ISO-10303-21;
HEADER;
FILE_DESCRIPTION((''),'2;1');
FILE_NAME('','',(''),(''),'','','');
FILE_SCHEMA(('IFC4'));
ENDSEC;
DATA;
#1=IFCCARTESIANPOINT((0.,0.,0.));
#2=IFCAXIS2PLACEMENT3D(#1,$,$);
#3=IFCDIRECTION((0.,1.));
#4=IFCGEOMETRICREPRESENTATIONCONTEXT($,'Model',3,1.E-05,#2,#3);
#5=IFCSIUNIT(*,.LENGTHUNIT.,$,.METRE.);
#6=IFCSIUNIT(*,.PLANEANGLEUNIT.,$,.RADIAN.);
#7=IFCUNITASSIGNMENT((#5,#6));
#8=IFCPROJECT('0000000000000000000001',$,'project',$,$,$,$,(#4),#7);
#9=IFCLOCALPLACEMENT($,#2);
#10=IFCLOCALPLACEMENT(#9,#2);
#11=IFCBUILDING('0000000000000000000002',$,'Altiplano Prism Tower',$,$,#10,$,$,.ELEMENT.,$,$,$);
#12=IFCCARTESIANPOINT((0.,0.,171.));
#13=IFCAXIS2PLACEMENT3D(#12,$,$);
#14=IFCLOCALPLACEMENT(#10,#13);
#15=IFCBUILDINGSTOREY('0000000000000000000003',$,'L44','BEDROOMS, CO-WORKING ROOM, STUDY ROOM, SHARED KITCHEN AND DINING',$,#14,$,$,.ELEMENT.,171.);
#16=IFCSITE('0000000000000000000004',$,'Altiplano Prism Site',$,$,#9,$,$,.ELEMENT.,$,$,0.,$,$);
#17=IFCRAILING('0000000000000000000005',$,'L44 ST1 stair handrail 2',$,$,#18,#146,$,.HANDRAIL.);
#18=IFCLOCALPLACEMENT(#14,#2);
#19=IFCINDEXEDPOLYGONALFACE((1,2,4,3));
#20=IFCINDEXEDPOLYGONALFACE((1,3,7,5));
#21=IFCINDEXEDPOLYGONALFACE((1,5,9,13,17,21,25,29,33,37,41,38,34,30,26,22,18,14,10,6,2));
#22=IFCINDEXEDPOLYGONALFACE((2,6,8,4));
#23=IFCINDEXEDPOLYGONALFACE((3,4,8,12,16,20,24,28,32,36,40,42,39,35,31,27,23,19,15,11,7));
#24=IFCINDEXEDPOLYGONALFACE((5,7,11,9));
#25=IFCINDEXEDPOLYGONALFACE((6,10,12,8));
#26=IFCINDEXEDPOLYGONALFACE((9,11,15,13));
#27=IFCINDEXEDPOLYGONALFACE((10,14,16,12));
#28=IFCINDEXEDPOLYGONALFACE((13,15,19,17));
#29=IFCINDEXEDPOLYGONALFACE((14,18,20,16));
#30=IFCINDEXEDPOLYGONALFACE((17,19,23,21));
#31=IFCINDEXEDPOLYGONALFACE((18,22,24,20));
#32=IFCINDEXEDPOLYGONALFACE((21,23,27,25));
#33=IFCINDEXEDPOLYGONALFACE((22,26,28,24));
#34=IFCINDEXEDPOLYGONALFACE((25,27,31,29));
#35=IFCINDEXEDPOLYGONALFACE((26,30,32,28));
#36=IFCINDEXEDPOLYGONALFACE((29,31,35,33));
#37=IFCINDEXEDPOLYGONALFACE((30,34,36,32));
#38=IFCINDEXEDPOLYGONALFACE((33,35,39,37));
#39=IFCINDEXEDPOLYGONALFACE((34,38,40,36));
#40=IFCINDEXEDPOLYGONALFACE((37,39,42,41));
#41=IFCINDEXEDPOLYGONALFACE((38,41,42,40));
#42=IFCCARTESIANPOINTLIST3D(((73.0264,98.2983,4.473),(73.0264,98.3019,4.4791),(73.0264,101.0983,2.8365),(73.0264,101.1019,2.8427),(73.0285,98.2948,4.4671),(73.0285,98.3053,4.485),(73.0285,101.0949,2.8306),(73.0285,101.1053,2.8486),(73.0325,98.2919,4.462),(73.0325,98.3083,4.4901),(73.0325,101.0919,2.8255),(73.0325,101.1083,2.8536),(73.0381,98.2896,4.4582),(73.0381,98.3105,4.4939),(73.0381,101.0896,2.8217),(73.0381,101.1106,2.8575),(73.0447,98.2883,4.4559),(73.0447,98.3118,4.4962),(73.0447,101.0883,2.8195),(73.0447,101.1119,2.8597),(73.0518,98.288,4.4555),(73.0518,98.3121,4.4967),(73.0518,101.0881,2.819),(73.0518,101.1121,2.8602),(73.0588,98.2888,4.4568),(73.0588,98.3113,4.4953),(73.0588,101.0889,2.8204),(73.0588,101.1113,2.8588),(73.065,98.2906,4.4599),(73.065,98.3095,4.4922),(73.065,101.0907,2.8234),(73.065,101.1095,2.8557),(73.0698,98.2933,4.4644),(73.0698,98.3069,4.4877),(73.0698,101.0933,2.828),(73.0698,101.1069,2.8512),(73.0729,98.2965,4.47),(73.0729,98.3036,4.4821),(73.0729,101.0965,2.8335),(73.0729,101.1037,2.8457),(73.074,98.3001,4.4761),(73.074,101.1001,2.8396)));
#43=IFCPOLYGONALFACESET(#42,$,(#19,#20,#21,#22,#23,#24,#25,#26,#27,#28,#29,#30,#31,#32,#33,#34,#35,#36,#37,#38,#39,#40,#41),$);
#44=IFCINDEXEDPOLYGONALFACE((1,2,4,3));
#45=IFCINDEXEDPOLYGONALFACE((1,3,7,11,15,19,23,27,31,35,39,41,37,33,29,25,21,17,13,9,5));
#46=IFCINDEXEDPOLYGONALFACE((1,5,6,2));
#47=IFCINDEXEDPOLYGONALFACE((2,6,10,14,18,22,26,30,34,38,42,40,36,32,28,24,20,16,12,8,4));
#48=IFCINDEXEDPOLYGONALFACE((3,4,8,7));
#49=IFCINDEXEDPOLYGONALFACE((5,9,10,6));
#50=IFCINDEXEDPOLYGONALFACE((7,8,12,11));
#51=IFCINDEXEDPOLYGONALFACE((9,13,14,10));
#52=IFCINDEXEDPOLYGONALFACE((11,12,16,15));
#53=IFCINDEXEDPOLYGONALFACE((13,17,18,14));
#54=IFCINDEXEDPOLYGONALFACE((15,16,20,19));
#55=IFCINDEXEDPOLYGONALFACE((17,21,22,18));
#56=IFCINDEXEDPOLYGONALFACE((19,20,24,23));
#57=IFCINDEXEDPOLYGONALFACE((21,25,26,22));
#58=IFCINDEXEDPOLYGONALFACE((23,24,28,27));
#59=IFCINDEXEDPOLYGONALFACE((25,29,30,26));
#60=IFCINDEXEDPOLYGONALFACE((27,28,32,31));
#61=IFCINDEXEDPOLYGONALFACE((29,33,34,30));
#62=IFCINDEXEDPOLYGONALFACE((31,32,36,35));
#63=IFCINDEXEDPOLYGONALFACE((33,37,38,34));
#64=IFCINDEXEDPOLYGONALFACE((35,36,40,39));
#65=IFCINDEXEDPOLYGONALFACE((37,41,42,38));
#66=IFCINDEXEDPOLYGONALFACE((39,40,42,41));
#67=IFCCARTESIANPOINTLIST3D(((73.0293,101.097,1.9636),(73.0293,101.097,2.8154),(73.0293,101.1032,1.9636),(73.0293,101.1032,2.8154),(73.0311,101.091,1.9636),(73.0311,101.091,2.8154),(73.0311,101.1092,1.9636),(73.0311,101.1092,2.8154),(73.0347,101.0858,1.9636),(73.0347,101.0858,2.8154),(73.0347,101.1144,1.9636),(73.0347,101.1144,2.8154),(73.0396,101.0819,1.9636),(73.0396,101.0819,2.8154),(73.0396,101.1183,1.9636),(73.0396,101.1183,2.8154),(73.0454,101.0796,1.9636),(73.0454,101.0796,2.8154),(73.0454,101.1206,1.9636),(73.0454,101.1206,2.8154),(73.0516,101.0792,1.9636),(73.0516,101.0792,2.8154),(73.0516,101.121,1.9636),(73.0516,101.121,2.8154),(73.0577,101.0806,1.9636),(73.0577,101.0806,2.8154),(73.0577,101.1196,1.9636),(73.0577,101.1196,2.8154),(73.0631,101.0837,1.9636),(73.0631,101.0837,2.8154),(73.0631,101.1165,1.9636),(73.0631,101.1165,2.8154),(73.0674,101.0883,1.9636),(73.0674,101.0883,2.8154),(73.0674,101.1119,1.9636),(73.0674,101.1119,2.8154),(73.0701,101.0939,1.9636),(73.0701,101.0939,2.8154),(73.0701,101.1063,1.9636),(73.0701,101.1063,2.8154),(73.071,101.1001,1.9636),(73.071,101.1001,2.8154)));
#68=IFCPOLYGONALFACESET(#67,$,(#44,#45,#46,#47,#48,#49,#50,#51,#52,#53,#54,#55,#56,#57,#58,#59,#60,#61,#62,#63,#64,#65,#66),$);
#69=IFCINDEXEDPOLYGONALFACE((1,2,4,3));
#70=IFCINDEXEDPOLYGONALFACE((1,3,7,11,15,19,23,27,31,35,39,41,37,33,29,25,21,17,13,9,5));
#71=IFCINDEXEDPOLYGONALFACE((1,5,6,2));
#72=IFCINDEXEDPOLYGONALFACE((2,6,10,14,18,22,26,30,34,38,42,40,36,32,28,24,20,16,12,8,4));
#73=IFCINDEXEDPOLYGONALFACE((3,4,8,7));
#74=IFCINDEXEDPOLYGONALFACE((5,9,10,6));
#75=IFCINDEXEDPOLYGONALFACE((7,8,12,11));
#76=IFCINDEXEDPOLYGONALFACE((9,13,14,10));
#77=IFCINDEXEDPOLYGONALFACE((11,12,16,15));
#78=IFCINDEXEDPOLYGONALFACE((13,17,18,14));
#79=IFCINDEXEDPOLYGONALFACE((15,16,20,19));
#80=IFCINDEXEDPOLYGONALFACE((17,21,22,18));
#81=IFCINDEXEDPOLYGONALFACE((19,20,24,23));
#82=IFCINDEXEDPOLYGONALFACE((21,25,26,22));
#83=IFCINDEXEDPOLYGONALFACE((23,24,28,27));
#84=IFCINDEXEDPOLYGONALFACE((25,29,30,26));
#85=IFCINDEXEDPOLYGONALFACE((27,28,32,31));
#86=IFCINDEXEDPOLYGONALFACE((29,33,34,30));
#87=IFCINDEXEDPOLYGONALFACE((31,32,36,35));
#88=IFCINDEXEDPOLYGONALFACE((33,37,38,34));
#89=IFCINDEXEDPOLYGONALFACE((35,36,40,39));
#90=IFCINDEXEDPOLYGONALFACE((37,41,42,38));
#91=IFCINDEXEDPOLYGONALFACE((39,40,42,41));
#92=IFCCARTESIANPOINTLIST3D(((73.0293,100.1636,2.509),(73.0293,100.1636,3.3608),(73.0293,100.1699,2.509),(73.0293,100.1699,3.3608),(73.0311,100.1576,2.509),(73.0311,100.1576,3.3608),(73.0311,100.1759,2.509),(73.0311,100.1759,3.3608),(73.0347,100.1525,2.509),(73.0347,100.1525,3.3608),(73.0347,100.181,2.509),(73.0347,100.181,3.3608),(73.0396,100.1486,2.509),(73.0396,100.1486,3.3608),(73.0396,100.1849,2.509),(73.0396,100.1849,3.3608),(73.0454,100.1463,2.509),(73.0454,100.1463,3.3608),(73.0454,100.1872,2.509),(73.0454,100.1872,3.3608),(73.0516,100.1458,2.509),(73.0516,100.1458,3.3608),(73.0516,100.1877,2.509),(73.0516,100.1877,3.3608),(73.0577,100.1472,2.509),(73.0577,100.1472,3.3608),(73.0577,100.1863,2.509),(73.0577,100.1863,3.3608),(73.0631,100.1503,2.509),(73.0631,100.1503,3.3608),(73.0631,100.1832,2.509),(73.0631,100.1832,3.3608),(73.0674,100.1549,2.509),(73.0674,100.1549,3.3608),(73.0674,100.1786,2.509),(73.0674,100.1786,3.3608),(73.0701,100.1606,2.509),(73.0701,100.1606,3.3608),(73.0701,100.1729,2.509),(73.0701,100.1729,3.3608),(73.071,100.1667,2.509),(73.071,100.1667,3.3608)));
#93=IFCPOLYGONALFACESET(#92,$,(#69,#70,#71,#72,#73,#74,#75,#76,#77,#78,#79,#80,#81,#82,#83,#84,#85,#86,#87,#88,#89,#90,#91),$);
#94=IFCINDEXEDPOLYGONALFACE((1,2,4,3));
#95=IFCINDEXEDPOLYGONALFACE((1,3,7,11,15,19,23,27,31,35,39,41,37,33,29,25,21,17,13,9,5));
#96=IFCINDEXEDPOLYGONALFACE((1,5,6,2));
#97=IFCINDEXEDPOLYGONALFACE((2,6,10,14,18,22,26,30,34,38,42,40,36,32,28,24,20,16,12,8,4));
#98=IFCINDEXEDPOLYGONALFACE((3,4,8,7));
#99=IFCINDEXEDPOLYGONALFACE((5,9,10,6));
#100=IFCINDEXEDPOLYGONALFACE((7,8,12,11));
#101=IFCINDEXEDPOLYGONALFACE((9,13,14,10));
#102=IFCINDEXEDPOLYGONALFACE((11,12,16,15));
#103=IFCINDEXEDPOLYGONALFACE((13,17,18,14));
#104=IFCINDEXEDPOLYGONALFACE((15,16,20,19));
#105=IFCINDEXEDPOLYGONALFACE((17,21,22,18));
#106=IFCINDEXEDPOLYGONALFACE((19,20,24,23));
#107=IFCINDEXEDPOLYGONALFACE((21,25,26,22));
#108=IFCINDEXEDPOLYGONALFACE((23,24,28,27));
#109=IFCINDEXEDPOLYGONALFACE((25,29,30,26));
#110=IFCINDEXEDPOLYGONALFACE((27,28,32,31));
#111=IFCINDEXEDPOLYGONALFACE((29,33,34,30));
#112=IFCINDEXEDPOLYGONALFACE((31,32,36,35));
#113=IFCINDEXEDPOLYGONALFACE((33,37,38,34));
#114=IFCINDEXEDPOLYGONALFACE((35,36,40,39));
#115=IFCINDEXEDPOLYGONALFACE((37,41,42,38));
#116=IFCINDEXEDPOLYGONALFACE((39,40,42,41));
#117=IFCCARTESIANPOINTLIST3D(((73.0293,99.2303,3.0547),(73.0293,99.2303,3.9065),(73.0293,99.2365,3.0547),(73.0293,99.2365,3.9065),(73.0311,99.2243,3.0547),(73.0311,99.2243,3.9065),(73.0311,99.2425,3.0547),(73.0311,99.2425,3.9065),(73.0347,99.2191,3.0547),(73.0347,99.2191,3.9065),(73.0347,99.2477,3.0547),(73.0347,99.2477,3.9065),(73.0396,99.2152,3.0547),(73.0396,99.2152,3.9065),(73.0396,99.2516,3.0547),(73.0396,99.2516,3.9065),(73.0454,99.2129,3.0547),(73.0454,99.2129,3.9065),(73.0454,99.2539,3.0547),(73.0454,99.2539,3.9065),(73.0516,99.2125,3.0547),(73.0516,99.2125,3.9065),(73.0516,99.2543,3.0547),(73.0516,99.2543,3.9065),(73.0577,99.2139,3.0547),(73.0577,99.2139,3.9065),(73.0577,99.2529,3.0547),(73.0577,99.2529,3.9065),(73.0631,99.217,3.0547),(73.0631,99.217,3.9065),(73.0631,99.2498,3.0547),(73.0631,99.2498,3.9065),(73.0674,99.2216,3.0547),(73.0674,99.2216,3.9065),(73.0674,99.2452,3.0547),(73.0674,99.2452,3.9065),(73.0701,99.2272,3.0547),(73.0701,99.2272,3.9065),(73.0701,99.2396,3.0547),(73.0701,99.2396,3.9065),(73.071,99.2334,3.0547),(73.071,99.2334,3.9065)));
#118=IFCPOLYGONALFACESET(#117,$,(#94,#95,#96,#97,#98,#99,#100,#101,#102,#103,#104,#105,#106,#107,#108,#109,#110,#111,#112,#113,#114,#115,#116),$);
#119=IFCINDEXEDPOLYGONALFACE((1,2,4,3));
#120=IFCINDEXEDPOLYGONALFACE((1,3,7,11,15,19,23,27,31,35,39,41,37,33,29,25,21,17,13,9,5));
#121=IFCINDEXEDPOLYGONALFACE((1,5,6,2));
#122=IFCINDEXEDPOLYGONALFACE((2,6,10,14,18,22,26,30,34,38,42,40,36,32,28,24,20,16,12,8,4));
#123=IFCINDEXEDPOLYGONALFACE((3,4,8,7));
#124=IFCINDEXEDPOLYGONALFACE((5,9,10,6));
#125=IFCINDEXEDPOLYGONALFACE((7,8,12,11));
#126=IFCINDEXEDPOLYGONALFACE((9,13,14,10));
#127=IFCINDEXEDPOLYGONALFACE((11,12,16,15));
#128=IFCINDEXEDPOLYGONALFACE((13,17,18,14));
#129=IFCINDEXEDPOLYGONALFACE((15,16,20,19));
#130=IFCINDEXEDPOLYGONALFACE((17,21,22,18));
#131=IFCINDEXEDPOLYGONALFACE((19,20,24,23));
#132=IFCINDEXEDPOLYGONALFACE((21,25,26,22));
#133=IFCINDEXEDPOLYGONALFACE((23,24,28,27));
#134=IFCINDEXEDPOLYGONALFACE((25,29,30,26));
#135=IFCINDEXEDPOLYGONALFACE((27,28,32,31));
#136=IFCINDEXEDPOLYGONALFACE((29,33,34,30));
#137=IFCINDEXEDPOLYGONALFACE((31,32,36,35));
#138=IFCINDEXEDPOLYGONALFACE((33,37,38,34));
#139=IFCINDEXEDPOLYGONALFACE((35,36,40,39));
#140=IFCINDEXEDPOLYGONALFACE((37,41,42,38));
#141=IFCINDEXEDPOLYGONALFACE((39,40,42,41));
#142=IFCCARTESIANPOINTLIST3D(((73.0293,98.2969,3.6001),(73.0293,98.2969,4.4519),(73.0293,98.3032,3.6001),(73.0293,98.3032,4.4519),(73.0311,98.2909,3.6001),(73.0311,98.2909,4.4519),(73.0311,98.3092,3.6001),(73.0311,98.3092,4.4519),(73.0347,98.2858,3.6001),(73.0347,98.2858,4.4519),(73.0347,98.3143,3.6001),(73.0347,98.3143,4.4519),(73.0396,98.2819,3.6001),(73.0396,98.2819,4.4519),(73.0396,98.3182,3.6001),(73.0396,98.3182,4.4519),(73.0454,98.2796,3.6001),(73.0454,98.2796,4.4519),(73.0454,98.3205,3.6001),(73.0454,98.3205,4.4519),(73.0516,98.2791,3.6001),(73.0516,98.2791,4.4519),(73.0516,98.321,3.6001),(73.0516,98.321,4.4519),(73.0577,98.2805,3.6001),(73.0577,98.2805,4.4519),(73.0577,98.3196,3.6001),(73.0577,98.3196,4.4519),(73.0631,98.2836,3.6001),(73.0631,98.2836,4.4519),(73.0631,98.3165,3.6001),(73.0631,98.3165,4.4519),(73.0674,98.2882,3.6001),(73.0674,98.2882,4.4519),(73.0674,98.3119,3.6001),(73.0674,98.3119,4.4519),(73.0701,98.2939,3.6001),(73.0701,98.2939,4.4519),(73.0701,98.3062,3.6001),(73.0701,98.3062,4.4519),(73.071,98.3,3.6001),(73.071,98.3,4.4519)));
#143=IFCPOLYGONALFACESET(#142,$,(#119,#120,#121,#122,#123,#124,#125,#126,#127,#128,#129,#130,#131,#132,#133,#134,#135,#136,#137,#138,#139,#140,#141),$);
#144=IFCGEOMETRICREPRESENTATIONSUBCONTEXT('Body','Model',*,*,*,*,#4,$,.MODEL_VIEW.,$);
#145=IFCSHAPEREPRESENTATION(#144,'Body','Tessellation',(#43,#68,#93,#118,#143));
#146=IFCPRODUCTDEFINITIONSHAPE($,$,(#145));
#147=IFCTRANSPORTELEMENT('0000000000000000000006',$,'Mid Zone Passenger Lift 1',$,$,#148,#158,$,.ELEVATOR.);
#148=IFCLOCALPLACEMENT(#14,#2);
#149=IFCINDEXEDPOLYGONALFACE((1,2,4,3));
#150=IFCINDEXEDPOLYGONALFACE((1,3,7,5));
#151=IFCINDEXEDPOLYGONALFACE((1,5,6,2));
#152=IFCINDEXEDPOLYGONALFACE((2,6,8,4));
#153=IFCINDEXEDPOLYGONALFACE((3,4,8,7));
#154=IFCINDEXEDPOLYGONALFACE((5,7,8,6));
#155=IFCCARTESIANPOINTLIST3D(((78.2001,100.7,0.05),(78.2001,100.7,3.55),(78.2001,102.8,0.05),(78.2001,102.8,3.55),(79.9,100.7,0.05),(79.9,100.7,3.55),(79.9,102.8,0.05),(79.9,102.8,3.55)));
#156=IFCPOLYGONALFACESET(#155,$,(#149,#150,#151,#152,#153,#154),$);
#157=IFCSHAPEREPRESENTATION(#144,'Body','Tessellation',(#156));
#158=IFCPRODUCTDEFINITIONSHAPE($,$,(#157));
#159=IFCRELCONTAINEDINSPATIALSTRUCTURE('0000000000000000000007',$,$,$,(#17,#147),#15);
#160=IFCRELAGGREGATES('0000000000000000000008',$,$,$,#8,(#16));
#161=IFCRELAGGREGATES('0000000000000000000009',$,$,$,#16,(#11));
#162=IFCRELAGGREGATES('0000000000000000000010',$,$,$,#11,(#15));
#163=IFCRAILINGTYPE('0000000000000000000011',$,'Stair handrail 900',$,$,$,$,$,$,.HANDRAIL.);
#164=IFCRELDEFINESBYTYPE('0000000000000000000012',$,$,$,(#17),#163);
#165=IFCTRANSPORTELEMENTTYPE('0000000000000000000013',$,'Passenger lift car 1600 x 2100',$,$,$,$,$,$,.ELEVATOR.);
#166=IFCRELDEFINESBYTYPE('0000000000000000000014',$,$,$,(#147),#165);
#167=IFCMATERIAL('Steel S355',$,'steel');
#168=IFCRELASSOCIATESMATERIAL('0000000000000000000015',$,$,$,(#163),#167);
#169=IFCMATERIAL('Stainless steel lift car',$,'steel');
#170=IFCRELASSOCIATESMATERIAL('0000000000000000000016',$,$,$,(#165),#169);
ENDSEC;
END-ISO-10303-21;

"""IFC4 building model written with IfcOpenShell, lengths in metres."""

from ifc_helpers import new_model, si_unit, direction, frame, origin, origin_2d, place, context, subcontext, project, spatial, rectangle, circle, extrude, material, type_object, element, save


model = new_model("IFC4")

# Units and contexts
model_context = context("Model", 3, precision=1e-05, world=origin(), true_north=direction((0.0, 1.0)))
body_context = subcontext(model_context, "Body", "Model", "MODEL_VIEW")
ifc_project = project(units=[si_unit("LENGTHUNIT", "METRE"), si_unit("PLANEANGLEUNIT", "RADIAN")], contexts=[model_context])

# Site, building, storey
site_placement = place(None, origin())
site = spatial("IfcSite", under=ifc_project, at=site_placement, Name="Altiplano Prism Site", CompositionType="ELEMENT", RefElevation=0.0)
building_placement = place(site_placement, origin())
building = spatial("IfcBuilding", under=site, at=building_placement, Name="Altiplano Prism Tower", CompositionType="ELEMENT")
storey_placement = place(building_placement, frame((0.0, 0.0, 171.0)))
storey = spatial("IfcBuildingStorey", under=building, at=storey_placement, Name="L44", Description="BEDROOMS, CO-WORKING ROOM, STUDY ROOM, SHARED KITCHEN AND DINING", CompositionType="ELEMENT", Elevation=171.0)

# Railing
ifc_material_1 = material(Name="Steel S355", Category="steel")
railing_type_1 = type_object("IfcRailingType", Name="Stair handrail 900", PredefinedType="HANDRAIL", material=ifc_material_1)
railing_1_placement = place(storey_placement, frame((73.05, 101.1001, 1.9636)))
element("IfcRailing", 1, at=railing_1_placement, inside=storey, type_object=railing_type_1, Name="L44 ST1 stair handrail 2", PredefinedType="HANDRAIL", context=body_context, shape_type="SweptSolid", body=[
    extrude(circle(Radius=0.0239, at=origin_2d()), frame((0.0, 0.0, 0.876), z_axis=(0.0, -0.863361, 0.504587), x_axis=(1.0, 0.0, 0.0)), (0.0, 0.0, 1.0), 3.2432),
    extrude(circle(Radius=0.021, at=origin_2d()), origin(), (0.0, 0.0, 1.0), 0.8518),
    extrude(circle(Radius=0.021, at=origin_2d()), frame((0.0, -0.9333, 0.5454)), (0.0, 0.0, 1.0), 0.8518),
    extrude(circle(Radius=0.021, at=origin_2d()), frame((0.0, -1.8667, 1.0911)), (0.0, 0.0, 1.0), 0.8518),
    extrude(circle(Radius=0.021, at=origin_2d()), frame((0.0, -2.8, 1.6365)), (0.0, 0.0, 1.0), 0.8518),
])

# Transport element
ifc_material_2 = material(Name="Stainless steel lift car", Category="steel")
transport_element_type = type_object("IfcTransportElementType", Name="Passenger lift car 1600 x 2100", PredefinedType="ELEVATOR", material=ifc_material_2)
transport_element_placement = place(storey_placement, frame((79.05, 101.75, 0.05), z_axis=(0.0, 0.0, 1.0), x_axis=(1.0, 0.0, 0.0)))
element("IfcTransportElement", 2, at=transport_element_placement, inside=storey, type_object=transport_element_type, Name="Mid Zone Passenger Lift 1", PredefinedType="ELEVATOR", context=body_context, shape_type="SweptSolid", body=[
    extrude(rectangle(XDim=1.7, YDim=2.1001, at=origin_2d()), origin(), (0.0, 0.0, 1.0), 3.5),
])

save(model, "model.ifc")
